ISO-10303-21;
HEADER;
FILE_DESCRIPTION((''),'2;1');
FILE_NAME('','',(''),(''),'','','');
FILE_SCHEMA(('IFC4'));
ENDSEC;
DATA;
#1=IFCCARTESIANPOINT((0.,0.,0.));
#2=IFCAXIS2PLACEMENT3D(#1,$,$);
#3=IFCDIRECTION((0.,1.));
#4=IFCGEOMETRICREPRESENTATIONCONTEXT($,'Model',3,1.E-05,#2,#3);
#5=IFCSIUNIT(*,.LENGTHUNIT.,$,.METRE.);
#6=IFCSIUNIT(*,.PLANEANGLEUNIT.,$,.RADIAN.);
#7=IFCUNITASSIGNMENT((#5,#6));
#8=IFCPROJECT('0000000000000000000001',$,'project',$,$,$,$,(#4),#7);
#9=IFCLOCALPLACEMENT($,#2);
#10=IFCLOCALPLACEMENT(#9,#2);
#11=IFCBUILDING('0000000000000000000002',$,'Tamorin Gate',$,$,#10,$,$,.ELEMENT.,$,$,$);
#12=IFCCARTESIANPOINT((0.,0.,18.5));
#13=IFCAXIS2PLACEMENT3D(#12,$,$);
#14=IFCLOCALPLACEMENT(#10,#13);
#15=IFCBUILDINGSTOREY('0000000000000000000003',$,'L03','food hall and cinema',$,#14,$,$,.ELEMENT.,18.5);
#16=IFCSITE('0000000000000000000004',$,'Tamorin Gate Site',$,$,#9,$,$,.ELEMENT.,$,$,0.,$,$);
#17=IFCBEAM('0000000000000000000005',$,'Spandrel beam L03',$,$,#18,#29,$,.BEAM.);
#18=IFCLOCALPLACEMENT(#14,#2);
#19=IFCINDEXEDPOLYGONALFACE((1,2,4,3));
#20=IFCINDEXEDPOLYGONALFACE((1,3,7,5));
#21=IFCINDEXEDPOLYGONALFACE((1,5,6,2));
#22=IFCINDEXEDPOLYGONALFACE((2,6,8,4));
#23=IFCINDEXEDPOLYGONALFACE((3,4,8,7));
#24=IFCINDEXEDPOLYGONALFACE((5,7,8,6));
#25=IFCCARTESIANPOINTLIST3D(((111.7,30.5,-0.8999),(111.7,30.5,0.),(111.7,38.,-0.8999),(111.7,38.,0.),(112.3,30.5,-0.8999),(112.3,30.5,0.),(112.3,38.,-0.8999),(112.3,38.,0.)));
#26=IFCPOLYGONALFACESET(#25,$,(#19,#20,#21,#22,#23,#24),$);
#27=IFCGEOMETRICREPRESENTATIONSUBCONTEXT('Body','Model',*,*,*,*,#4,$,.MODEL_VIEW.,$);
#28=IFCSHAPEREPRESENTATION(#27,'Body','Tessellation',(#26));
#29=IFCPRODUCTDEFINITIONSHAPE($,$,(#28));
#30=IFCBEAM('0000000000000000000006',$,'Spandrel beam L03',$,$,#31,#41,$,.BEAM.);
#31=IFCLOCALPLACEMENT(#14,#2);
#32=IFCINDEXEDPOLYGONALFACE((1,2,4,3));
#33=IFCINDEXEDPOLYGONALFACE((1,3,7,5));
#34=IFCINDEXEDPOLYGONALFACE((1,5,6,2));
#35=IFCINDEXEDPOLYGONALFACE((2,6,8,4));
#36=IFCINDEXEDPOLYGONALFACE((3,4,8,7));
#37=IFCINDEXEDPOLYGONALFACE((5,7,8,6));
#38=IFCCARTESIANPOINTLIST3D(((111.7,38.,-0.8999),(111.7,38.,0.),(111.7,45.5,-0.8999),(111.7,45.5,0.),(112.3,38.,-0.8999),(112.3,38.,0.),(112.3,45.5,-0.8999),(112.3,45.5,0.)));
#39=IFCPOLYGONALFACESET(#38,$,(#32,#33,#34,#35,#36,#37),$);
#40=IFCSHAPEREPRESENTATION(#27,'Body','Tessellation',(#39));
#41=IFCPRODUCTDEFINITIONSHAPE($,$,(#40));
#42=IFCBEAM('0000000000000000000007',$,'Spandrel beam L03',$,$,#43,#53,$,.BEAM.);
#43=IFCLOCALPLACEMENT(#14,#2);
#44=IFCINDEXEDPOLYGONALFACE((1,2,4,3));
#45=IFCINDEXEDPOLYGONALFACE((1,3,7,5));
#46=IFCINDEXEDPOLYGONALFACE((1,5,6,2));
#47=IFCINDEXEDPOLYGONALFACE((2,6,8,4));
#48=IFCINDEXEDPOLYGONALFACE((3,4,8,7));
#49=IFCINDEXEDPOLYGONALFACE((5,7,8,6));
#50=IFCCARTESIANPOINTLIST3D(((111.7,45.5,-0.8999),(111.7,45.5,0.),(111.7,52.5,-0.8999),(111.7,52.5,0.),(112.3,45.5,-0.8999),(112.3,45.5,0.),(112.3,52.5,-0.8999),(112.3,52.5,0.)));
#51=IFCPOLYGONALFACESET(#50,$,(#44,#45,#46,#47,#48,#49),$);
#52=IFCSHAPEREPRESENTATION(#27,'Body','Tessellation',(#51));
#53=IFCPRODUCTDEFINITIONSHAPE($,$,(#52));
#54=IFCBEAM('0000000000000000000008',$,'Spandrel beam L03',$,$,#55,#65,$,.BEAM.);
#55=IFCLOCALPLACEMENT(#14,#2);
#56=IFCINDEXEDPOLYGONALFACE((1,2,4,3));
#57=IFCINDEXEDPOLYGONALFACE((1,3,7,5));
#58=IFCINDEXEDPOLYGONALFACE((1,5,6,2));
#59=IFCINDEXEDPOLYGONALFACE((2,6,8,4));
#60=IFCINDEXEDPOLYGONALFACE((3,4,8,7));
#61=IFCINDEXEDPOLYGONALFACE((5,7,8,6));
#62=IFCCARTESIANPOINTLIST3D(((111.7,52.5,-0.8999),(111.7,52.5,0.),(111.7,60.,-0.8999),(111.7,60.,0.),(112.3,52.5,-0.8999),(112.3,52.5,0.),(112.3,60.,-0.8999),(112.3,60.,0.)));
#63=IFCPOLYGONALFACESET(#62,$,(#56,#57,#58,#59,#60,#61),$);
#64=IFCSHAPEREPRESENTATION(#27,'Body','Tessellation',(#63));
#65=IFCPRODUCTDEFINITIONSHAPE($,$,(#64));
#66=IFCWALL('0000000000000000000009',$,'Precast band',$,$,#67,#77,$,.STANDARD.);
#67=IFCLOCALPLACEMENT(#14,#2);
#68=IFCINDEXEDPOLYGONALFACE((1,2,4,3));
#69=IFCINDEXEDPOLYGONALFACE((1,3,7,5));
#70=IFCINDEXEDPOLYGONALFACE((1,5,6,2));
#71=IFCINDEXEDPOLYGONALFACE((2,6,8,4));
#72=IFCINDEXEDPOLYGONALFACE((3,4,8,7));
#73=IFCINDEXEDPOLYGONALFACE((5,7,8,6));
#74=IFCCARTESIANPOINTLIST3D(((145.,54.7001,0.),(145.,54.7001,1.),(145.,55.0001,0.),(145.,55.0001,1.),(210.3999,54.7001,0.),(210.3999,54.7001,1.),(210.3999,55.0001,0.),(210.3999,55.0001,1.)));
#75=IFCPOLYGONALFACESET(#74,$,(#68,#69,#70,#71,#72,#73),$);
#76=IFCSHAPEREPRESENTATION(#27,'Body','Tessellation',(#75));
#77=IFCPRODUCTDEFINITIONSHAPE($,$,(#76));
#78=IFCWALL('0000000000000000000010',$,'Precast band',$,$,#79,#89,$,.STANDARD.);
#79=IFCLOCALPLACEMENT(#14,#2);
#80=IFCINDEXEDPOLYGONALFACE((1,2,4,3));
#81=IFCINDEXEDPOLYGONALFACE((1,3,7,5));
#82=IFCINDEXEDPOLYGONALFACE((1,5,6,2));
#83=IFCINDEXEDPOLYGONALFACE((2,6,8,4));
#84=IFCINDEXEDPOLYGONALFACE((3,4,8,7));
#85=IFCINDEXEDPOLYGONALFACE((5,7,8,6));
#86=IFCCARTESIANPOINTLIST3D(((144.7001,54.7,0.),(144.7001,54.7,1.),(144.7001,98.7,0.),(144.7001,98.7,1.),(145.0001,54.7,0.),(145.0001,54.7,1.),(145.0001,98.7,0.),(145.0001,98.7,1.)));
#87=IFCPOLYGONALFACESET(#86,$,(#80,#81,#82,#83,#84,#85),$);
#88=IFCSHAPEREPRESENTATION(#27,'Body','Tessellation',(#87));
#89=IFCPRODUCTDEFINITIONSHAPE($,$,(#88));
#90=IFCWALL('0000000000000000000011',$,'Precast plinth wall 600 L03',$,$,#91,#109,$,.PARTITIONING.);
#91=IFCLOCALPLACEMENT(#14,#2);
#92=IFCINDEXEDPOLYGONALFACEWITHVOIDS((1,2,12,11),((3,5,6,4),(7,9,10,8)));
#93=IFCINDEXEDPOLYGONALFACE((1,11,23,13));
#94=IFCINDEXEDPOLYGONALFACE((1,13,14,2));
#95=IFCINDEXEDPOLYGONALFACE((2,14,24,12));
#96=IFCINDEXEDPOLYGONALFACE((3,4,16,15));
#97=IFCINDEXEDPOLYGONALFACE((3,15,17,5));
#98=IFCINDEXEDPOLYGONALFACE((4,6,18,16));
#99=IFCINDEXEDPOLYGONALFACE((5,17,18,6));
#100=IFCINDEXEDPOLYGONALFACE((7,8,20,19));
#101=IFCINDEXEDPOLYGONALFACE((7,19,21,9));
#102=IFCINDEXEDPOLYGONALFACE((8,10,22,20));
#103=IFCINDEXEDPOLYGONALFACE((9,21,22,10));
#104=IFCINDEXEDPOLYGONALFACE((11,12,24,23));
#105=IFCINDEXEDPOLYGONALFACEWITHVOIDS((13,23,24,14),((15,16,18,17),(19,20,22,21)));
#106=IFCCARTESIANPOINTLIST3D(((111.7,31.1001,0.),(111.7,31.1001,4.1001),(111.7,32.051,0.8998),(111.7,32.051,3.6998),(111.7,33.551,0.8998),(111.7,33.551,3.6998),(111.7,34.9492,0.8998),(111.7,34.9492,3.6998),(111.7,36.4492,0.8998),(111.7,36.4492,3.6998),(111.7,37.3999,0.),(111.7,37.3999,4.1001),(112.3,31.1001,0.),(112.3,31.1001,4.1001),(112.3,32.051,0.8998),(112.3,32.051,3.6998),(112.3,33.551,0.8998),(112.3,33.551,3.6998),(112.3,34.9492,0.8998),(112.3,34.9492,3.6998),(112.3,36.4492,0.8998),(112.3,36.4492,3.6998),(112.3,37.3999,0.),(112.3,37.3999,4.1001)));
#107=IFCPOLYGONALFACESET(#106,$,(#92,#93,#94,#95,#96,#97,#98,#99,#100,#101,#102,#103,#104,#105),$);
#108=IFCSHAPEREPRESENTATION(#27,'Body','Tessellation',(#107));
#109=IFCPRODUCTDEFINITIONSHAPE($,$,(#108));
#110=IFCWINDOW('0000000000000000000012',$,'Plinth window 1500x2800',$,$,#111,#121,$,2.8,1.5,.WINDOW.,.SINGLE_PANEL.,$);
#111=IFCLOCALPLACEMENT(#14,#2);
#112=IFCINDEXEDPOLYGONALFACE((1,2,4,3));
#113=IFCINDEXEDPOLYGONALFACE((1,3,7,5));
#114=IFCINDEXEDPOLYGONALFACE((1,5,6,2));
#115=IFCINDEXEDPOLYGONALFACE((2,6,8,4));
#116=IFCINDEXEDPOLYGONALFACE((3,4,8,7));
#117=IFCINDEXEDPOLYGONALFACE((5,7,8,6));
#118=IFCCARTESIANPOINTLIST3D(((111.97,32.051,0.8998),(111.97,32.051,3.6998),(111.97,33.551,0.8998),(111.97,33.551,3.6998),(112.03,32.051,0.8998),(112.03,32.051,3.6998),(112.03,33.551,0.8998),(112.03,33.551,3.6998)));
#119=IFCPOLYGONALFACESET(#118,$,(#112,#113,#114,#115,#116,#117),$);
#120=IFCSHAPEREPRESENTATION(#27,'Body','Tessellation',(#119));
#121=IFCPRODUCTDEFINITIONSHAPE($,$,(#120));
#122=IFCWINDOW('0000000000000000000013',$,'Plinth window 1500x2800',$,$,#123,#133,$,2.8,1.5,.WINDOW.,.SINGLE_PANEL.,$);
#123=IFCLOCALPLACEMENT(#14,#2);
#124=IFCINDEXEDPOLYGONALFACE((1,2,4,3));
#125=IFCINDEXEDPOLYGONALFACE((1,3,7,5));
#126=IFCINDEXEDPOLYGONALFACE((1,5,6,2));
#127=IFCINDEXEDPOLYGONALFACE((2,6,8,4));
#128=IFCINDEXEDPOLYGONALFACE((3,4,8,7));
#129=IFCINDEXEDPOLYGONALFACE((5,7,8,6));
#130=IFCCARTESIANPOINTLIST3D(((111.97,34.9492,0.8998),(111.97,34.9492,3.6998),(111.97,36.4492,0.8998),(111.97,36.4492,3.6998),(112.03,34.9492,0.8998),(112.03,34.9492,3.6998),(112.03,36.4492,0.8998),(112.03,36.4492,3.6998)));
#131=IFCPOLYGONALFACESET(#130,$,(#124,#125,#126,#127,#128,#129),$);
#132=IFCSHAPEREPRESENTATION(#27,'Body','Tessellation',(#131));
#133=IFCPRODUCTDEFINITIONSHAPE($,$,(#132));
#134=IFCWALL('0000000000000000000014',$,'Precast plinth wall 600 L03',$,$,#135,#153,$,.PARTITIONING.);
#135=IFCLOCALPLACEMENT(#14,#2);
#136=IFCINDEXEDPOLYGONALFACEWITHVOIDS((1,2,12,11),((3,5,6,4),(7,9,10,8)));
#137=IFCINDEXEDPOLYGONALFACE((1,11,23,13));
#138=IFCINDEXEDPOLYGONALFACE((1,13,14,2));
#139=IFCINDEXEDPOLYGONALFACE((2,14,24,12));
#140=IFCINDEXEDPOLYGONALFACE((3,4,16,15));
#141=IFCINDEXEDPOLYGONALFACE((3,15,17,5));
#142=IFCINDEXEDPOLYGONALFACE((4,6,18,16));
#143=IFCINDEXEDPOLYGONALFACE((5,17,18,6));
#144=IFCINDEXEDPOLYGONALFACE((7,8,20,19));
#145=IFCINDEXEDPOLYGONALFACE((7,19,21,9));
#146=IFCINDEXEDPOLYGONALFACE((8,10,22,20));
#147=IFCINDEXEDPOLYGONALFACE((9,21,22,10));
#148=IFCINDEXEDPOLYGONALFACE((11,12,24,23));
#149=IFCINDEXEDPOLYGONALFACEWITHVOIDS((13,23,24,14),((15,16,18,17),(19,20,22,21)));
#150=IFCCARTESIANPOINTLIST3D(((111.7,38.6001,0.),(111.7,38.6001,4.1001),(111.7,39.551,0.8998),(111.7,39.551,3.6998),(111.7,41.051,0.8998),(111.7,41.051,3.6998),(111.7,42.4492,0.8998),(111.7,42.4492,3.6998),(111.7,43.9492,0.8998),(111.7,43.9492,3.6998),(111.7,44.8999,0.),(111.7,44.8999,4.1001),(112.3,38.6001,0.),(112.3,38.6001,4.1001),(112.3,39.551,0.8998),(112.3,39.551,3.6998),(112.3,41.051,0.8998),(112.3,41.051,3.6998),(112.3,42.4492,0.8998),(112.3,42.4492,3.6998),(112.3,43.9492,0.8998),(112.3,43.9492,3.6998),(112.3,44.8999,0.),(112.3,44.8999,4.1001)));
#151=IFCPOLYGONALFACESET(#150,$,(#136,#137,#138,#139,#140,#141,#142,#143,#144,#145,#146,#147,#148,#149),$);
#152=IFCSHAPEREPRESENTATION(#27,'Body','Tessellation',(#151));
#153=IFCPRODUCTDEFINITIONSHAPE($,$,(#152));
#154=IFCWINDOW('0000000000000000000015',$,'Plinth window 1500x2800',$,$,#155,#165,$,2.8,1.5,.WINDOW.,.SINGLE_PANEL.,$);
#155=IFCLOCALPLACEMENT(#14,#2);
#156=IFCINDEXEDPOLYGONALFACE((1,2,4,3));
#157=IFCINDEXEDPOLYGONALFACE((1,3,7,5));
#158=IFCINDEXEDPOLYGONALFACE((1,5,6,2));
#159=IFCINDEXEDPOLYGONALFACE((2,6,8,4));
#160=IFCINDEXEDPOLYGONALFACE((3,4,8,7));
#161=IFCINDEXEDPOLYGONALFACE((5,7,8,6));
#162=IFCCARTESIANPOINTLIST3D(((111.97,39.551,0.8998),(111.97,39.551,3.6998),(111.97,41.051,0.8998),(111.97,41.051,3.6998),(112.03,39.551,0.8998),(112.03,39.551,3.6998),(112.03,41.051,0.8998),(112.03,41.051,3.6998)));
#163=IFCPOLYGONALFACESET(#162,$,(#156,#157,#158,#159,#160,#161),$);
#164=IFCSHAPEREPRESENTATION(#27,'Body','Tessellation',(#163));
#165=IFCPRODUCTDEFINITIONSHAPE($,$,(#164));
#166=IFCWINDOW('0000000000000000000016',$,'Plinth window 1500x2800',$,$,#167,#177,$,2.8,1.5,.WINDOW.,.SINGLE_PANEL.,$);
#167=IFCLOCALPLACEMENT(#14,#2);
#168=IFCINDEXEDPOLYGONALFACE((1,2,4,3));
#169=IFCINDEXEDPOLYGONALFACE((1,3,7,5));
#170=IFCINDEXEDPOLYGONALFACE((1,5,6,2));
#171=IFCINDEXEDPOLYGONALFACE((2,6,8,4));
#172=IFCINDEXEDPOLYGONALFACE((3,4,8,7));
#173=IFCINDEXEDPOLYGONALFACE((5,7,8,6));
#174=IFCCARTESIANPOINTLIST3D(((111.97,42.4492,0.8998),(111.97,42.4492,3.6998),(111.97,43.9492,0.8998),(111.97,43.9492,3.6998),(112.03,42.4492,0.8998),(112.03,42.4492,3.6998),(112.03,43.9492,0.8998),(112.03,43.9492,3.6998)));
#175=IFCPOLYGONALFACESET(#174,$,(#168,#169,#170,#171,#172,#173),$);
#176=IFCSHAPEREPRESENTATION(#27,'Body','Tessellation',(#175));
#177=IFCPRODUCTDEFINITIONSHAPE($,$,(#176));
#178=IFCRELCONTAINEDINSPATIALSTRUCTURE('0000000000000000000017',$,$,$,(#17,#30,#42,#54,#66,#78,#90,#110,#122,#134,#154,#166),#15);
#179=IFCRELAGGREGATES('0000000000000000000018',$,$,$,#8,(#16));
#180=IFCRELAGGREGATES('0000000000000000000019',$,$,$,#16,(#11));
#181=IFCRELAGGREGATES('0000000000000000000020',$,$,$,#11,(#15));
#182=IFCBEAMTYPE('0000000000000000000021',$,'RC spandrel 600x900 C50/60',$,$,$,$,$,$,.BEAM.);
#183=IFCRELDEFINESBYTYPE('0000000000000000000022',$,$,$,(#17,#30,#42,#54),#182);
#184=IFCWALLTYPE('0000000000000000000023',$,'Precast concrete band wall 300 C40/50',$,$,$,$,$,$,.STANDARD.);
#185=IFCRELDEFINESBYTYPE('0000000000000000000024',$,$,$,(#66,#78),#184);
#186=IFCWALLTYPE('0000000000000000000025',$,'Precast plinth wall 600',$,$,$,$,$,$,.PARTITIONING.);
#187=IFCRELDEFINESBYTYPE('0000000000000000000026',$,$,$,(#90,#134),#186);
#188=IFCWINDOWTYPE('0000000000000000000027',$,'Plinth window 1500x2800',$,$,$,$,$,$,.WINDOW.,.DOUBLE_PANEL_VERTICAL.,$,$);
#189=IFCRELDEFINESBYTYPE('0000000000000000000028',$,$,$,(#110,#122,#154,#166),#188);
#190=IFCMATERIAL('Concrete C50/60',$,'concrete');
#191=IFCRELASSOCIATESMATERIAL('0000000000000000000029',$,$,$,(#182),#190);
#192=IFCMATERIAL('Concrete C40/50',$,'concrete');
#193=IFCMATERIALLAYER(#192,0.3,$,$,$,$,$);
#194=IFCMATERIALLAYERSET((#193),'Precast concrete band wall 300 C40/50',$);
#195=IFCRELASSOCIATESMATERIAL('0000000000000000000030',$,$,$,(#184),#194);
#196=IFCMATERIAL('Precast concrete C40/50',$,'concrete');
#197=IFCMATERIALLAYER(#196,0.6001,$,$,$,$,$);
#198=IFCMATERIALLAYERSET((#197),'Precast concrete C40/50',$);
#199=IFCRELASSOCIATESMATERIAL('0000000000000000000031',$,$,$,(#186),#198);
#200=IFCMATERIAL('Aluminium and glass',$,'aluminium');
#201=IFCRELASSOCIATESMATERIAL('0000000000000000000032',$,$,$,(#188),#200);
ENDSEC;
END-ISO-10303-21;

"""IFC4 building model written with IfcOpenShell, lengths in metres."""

from ifc_helpers import new_model, si_unit, direction, frame, frame_2d, origin, origin_2d, place, context, subcontext, project, spatial, rectangle, extrude, material, layer, layer_set, material_profile, profile_set, type_object, element, fill, save


model = new_model("IFC4")

# Units and contexts
model_context = context("Model", 3, precision=1e-05, world=origin(), true_north=direction((0.0, 1.0)))
body_context = subcontext(model_context, "Body", "Model", "MODEL_VIEW")
ifc_project = project(units=[si_unit("LENGTHUNIT", "METRE"), si_unit("PLANEANGLEUNIT", "RADIAN")], contexts=[model_context])

# Site, building, storey
site_placement = place(None, origin())
site = spatial("IfcSite", under=ifc_project, at=site_placement, Name="Tamorin Gate Site", CompositionType="ELEMENT", RefElevation=0.0)
building_placement = place(site_placement, origin())
building = spatial("IfcBuilding", under=site, at=building_placement, Name="Tamorin Gate", CompositionType="ELEMENT")
storey_placement = place(building_placement, frame((0.0, 0.0, 18.5)))
storey = spatial("IfcBuildingStorey", under=building, at=storey_placement, Name="L03", Description="food hall and cinema", CompositionType="ELEMENT", Elevation=18.5)

# Beams
ifc_material_1 = material(Name="Concrete C50/60", Category="concrete")
ifc_material_profile = material_profile(ifc_material_1, rectangle(XDim=0.6001, YDim=0.8999, at=origin_2d()), Name="RC 600x900")
ifc_profile_set = profile_set([ifc_material_profile], Name="Concrete C50/60")
beam_type = type_object("IfcBeamType", Name="RC spandrel 600x900 C50/60", PredefinedType="BEAM", material=ifc_profile_set)
for number, where, z_axis, x_axis, name in (
    (1, (112.0, 30.5, -0.45), (0.0, 1.0, 0.0), (-1.0, 0.0, 0.0), "Spandrel beam L03"),
    (2, (112.0, 38.0, -0.45), (0.0, 1.0, 0.0), (-1.0, 0.0, 0.0), "Spandrel beam L03"),
):
    element("IfcBeam", number, at=place(storey_placement, frame(where, z_axis=z_axis, x_axis=x_axis)), inside=storey, type_object=beam_type, Name=name, PredefinedType="BEAM", context=body_context, shape_type="SweptSolid", body=[
        extrude(rectangle(XDim=0.6001, YDim=0.8999, at=origin_2d()), origin(), (0.0, 0.0, 1.0), 7.5),
    ])
beam_1_placement = place(storey_placement, frame((112.0, 45.5, -0.45), z_axis=(0.0, 1.0, 0.0), x_axis=(-1.0, 0.0, 0.0)))
element("IfcBeam", 3, at=beam_1_placement, inside=storey, type_object=beam_type, Name="Spandrel beam L03", PredefinedType="BEAM", context=body_context, shape_type="SweptSolid", body=[
    extrude(rectangle(XDim=0.6001, YDim=0.8999, at=origin_2d()), origin(), (0.0, 0.0, 1.0), 7.0),
])
beam_2_placement = place(storey_placement, frame((112.0, 52.5, -0.45), z_axis=(0.0, 1.0, 0.0), x_axis=(-1.0, 0.0, 0.0)))
element("IfcBeam", 4, at=beam_2_placement, inside=storey, type_object=beam_type, Name="Spandrel beam L03", PredefinedType="BEAM", context=body_context, shape_type="SweptSolid", body=[
    extrude(rectangle(XDim=0.6001, YDim=0.8999, at=origin_2d()), origin(), (0.0, 0.0, 1.0), 7.5),
])

# Walls
ifc_material_2 = material(Name="Concrete C40/50", Category="concrete")
ifc_layer_1 = layer(ifc_material_2, 0.3)
ifc_layer_set_1 = layer_set([ifc_layer_1], Name="Precast concrete band wall 300 C40/50")
wall_type_1 = type_object("IfcWallType", Name="Precast concrete band wall 300 C40/50", PredefinedType="STANDARD", material=ifc_layer_set_1)
wall_1_placement = place(storey_placement, frame((145.0, 54.8501, 0.0), z_axis=(0.0, 0.0, 1.0), x_axis=(1.0, 0.0, 0.0)))
element("IfcWall", 5, at=wall_1_placement, inside=storey, type_object=wall_type_1, Name="Precast band", PredefinedType="STANDARD", context=body_context, shape_type="SweptSolid", body=[
    extrude(rectangle(XDim=65.3999, YDim=0.3, at=frame_2d((32.7, 0.0))), origin(), (0.0, 0.0, 1.0), 1.0),
])
wall_2_placement = place(storey_placement, frame((144.8501, 54.7, 0.0), z_axis=(0.0, 0.0, 1.0), x_axis=(0.0, 1.0, 0.0)))
element("IfcWall", 6, at=wall_2_placement, inside=storey, type_object=wall_type_1, Name="Precast band", PredefinedType="STANDARD", context=body_context, shape_type="SweptSolid", body=[
    extrude(rectangle(XDim=44.0, YDim=0.3, at=frame_2d((22.0, 0.0))), origin(), (0.0, 0.0, 1.0), 1.0),
])

# Walls, openings, windows
ifc_material_3 = material(Name="Precast concrete C40/50", Category="concrete")
ifc_layer_2 = layer(ifc_material_3, 0.6001)
ifc_layer_set_2 = layer_set([ifc_layer_2], Name="Precast concrete C40/50")
wall_type_2 = type_object("IfcWallType", Name="Precast plinth wall 600", PredefinedType="PARTITIONING", material=ifc_layer_set_2)
wall_3_placement = place(storey_placement, frame((112.0, 31.1001, 0.0), z_axis=(0.0, 0.0, 1.0), x_axis=(0.0, 1.0, 0.0)))
wall_3 = element("IfcWall", 7, at=wall_3_placement, inside=storey, type_object=wall_type_2, Name="Precast plinth wall 600 L03", PredefinedType="PARTITIONING", context=body_context, shape_type="SweptSolid", body=[
    extrude(rectangle(XDim=6.2998, YDim=0.6001, at=frame_2d((3.1499, 0.0))), origin(), (0.0, 0.0, 1.0), 4.1001),
])
opening_1_placement = place(wall_3_placement, frame((0.9509, 0.0, 0.8999)))
opening_1 = element("IfcOpeningElement", 8, at=opening_1_placement, cuts=wall_3, PredefinedType="OPENING", context=body_context, shape_type="SweptSolid", body=[
    extrude(rectangle(XDim=1.5, YDim=2.8, at=frame_2d((0.75, 1.3999))), frame((0.0, 0.3101, 0.0), z_axis=(0.0, -1.0, 0.0), x_axis=(1.0, 0.0, 0.0)), (0.0, 0.0, 1.0), 0.6201),
])
opening_2_placement = place(wall_3_placement, frame((3.8491, 0.0, 0.8999)))
opening_2 = element("IfcOpeningElement", 9, at=opening_2_placement, cuts=wall_3, PredefinedType="OPENING", context=body_context, shape_type="SweptSolid", body=[
    extrude(rectangle(XDim=1.5, YDim=2.8, at=frame_2d((0.75, 1.3999))), frame((0.0, 0.3101, 0.0), z_axis=(0.0, -1.0, 0.0), x_axis=(1.0, 0.0, 0.0)), (0.0, 0.0, 1.0), 0.6201),
])
ifc_material_4 = material(Name="Aluminium and glass", Category="aluminium")
window_type = type_object("IfcWindowType", Name="Plinth window 1500x2800", PartitioningType="DOUBLE_PANEL_VERTICAL", PredefinedType="WINDOW", material=ifc_material_4)
window_1_placement = place(opening_1_placement, origin())
window_1 = element("IfcWindow", 10, at=window_1_placement, inside=storey, type_object=window_type, Name="Plinth window 1500x2800", OverallHeight=2.8, OverallWidth=1.5, PartitioningType="SINGLE_PANEL", PredefinedType="WINDOW", context=body_context, shape_type="SweptSolid", body=[
    extrude(rectangle(XDim=1.5, YDim=2.8, at=frame_2d((0.75, 1.3999))), frame((0.0, 0.03, 0.0), z_axis=(0.0, -1.0, 0.0), x_axis=(1.0, 0.0, 0.0)), (0.0, 0.0, 1.0), 0.0601),
])
fill(opening_1, window_1)
window_2_placement = place(opening_2_placement, origin())
window_2 = element("IfcWindow", 11, at=window_2_placement, inside=storey, type_object=window_type, Name="Plinth window 1500x2800", OverallHeight=2.8, OverallWidth=1.5, PartitioningType="SINGLE_PANEL", PredefinedType="WINDOW", context=body_context, shape_type="SweptSolid", body=[
    extrude(rectangle(XDim=1.5, YDim=2.8, at=frame_2d((0.75, 1.3999))), frame((0.0, 0.03, 0.0), z_axis=(0.0, -1.0, 0.0), x_axis=(1.0, 0.0, 0.0)), (0.0, 0.0, 1.0), 0.0601),
])
fill(opening_2, window_2)
wall_4_placement = place(storey_placement, frame((112.0, 38.6001, 0.0), z_axis=(0.0, 0.0, 1.0), x_axis=(0.0, 1.0, 0.0)))
wall_4 = element("IfcWall", 12, at=wall_4_placement, inside=storey, type_object=wall_type_2, Name="Precast plinth wall 600 L03", PredefinedType="PARTITIONING", context=body_context, shape_type="SweptSolid", body=[
    extrude(rectangle(XDim=6.2998, YDim=0.6001, at=frame_2d((3.1499, 0.0))), origin(), (0.0, 0.0, 1.0), 4.1001),
])
opening_3_placement = place(wall_4_placement, frame((0.9509, 0.0, 0.8999)))
opening_3 = element("IfcOpeningElement", 13, at=opening_3_placement, cuts=wall_4, PredefinedType="OPENING", context=body_context, shape_type="SweptSolid", body=[
    extrude(rectangle(XDim=1.5, YDim=2.8, at=frame_2d((0.75, 1.3999))), frame((0.0, 0.3101, 0.0), z_axis=(0.0, -1.0, 0.0), x_axis=(1.0, 0.0, 0.0)), (0.0, 0.0, 1.0), 0.6201),
])
opening_4_placement = place(wall_4_placement, frame((3.8491, 0.0, 0.8999)))
opening_4 = element("IfcOpeningElement", 14, at=opening_4_placement, cuts=wall_4, PredefinedType="OPENING", context=body_context, shape_type="SweptSolid", body=[
    extrude(rectangle(XDim=1.5, YDim=2.8, at=frame_2d((0.75, 1.3999))), frame((0.0, 0.3101, 0.0), z_axis=(0.0, -1.0, 0.0), x_axis=(1.0, 0.0, 0.0)), (0.0, 0.0, 1.0), 0.6201),
])
window_3_placement = place(opening_3_placement, origin())
window_3 = element("IfcWindow", 15, at=window_3_placement, inside=storey, type_object=window_type, Name="Plinth window 1500x2800", OverallHeight=2.8, OverallWidth=1.5, PartitioningType="SINGLE_PANEL", PredefinedType="WINDOW", context=body_context, shape_type="SweptSolid", body=[
    extrude(rectangle(XDim=1.5, YDim=2.8, at=frame_2d((0.75, 1.3999))), frame((0.0, 0.03, 0.0), z_axis=(0.0, -1.0, 0.0), x_axis=(1.0, 0.0, 0.0)), (0.0, 0.0, 1.0), 0.0601),
])
fill(opening_3, window_3)
window_4_placement = place(opening_4_placement, origin())
window_4 = element("IfcWindow", 16, at=window_4_placement, inside=storey, type_object=window_type, Name="Plinth window 1500x2800", OverallHeight=2.8, OverallWidth=1.5, PartitioningType="SINGLE_PANEL", PredefinedType="WINDOW", context=body_context, shape_type="SweptSolid", body=[
    extrude(rectangle(XDim=1.5, YDim=2.8, at=frame_2d((0.75, 1.3999))), frame((0.0, 0.03, 0.0), z_axis=(0.0, -1.0, 0.0), x_axis=(1.0, 0.0, 0.0)), (0.0, 0.0, 1.0), 0.0601),
])
fill(opening_4, window_4)

save(model, "model.ifc")
